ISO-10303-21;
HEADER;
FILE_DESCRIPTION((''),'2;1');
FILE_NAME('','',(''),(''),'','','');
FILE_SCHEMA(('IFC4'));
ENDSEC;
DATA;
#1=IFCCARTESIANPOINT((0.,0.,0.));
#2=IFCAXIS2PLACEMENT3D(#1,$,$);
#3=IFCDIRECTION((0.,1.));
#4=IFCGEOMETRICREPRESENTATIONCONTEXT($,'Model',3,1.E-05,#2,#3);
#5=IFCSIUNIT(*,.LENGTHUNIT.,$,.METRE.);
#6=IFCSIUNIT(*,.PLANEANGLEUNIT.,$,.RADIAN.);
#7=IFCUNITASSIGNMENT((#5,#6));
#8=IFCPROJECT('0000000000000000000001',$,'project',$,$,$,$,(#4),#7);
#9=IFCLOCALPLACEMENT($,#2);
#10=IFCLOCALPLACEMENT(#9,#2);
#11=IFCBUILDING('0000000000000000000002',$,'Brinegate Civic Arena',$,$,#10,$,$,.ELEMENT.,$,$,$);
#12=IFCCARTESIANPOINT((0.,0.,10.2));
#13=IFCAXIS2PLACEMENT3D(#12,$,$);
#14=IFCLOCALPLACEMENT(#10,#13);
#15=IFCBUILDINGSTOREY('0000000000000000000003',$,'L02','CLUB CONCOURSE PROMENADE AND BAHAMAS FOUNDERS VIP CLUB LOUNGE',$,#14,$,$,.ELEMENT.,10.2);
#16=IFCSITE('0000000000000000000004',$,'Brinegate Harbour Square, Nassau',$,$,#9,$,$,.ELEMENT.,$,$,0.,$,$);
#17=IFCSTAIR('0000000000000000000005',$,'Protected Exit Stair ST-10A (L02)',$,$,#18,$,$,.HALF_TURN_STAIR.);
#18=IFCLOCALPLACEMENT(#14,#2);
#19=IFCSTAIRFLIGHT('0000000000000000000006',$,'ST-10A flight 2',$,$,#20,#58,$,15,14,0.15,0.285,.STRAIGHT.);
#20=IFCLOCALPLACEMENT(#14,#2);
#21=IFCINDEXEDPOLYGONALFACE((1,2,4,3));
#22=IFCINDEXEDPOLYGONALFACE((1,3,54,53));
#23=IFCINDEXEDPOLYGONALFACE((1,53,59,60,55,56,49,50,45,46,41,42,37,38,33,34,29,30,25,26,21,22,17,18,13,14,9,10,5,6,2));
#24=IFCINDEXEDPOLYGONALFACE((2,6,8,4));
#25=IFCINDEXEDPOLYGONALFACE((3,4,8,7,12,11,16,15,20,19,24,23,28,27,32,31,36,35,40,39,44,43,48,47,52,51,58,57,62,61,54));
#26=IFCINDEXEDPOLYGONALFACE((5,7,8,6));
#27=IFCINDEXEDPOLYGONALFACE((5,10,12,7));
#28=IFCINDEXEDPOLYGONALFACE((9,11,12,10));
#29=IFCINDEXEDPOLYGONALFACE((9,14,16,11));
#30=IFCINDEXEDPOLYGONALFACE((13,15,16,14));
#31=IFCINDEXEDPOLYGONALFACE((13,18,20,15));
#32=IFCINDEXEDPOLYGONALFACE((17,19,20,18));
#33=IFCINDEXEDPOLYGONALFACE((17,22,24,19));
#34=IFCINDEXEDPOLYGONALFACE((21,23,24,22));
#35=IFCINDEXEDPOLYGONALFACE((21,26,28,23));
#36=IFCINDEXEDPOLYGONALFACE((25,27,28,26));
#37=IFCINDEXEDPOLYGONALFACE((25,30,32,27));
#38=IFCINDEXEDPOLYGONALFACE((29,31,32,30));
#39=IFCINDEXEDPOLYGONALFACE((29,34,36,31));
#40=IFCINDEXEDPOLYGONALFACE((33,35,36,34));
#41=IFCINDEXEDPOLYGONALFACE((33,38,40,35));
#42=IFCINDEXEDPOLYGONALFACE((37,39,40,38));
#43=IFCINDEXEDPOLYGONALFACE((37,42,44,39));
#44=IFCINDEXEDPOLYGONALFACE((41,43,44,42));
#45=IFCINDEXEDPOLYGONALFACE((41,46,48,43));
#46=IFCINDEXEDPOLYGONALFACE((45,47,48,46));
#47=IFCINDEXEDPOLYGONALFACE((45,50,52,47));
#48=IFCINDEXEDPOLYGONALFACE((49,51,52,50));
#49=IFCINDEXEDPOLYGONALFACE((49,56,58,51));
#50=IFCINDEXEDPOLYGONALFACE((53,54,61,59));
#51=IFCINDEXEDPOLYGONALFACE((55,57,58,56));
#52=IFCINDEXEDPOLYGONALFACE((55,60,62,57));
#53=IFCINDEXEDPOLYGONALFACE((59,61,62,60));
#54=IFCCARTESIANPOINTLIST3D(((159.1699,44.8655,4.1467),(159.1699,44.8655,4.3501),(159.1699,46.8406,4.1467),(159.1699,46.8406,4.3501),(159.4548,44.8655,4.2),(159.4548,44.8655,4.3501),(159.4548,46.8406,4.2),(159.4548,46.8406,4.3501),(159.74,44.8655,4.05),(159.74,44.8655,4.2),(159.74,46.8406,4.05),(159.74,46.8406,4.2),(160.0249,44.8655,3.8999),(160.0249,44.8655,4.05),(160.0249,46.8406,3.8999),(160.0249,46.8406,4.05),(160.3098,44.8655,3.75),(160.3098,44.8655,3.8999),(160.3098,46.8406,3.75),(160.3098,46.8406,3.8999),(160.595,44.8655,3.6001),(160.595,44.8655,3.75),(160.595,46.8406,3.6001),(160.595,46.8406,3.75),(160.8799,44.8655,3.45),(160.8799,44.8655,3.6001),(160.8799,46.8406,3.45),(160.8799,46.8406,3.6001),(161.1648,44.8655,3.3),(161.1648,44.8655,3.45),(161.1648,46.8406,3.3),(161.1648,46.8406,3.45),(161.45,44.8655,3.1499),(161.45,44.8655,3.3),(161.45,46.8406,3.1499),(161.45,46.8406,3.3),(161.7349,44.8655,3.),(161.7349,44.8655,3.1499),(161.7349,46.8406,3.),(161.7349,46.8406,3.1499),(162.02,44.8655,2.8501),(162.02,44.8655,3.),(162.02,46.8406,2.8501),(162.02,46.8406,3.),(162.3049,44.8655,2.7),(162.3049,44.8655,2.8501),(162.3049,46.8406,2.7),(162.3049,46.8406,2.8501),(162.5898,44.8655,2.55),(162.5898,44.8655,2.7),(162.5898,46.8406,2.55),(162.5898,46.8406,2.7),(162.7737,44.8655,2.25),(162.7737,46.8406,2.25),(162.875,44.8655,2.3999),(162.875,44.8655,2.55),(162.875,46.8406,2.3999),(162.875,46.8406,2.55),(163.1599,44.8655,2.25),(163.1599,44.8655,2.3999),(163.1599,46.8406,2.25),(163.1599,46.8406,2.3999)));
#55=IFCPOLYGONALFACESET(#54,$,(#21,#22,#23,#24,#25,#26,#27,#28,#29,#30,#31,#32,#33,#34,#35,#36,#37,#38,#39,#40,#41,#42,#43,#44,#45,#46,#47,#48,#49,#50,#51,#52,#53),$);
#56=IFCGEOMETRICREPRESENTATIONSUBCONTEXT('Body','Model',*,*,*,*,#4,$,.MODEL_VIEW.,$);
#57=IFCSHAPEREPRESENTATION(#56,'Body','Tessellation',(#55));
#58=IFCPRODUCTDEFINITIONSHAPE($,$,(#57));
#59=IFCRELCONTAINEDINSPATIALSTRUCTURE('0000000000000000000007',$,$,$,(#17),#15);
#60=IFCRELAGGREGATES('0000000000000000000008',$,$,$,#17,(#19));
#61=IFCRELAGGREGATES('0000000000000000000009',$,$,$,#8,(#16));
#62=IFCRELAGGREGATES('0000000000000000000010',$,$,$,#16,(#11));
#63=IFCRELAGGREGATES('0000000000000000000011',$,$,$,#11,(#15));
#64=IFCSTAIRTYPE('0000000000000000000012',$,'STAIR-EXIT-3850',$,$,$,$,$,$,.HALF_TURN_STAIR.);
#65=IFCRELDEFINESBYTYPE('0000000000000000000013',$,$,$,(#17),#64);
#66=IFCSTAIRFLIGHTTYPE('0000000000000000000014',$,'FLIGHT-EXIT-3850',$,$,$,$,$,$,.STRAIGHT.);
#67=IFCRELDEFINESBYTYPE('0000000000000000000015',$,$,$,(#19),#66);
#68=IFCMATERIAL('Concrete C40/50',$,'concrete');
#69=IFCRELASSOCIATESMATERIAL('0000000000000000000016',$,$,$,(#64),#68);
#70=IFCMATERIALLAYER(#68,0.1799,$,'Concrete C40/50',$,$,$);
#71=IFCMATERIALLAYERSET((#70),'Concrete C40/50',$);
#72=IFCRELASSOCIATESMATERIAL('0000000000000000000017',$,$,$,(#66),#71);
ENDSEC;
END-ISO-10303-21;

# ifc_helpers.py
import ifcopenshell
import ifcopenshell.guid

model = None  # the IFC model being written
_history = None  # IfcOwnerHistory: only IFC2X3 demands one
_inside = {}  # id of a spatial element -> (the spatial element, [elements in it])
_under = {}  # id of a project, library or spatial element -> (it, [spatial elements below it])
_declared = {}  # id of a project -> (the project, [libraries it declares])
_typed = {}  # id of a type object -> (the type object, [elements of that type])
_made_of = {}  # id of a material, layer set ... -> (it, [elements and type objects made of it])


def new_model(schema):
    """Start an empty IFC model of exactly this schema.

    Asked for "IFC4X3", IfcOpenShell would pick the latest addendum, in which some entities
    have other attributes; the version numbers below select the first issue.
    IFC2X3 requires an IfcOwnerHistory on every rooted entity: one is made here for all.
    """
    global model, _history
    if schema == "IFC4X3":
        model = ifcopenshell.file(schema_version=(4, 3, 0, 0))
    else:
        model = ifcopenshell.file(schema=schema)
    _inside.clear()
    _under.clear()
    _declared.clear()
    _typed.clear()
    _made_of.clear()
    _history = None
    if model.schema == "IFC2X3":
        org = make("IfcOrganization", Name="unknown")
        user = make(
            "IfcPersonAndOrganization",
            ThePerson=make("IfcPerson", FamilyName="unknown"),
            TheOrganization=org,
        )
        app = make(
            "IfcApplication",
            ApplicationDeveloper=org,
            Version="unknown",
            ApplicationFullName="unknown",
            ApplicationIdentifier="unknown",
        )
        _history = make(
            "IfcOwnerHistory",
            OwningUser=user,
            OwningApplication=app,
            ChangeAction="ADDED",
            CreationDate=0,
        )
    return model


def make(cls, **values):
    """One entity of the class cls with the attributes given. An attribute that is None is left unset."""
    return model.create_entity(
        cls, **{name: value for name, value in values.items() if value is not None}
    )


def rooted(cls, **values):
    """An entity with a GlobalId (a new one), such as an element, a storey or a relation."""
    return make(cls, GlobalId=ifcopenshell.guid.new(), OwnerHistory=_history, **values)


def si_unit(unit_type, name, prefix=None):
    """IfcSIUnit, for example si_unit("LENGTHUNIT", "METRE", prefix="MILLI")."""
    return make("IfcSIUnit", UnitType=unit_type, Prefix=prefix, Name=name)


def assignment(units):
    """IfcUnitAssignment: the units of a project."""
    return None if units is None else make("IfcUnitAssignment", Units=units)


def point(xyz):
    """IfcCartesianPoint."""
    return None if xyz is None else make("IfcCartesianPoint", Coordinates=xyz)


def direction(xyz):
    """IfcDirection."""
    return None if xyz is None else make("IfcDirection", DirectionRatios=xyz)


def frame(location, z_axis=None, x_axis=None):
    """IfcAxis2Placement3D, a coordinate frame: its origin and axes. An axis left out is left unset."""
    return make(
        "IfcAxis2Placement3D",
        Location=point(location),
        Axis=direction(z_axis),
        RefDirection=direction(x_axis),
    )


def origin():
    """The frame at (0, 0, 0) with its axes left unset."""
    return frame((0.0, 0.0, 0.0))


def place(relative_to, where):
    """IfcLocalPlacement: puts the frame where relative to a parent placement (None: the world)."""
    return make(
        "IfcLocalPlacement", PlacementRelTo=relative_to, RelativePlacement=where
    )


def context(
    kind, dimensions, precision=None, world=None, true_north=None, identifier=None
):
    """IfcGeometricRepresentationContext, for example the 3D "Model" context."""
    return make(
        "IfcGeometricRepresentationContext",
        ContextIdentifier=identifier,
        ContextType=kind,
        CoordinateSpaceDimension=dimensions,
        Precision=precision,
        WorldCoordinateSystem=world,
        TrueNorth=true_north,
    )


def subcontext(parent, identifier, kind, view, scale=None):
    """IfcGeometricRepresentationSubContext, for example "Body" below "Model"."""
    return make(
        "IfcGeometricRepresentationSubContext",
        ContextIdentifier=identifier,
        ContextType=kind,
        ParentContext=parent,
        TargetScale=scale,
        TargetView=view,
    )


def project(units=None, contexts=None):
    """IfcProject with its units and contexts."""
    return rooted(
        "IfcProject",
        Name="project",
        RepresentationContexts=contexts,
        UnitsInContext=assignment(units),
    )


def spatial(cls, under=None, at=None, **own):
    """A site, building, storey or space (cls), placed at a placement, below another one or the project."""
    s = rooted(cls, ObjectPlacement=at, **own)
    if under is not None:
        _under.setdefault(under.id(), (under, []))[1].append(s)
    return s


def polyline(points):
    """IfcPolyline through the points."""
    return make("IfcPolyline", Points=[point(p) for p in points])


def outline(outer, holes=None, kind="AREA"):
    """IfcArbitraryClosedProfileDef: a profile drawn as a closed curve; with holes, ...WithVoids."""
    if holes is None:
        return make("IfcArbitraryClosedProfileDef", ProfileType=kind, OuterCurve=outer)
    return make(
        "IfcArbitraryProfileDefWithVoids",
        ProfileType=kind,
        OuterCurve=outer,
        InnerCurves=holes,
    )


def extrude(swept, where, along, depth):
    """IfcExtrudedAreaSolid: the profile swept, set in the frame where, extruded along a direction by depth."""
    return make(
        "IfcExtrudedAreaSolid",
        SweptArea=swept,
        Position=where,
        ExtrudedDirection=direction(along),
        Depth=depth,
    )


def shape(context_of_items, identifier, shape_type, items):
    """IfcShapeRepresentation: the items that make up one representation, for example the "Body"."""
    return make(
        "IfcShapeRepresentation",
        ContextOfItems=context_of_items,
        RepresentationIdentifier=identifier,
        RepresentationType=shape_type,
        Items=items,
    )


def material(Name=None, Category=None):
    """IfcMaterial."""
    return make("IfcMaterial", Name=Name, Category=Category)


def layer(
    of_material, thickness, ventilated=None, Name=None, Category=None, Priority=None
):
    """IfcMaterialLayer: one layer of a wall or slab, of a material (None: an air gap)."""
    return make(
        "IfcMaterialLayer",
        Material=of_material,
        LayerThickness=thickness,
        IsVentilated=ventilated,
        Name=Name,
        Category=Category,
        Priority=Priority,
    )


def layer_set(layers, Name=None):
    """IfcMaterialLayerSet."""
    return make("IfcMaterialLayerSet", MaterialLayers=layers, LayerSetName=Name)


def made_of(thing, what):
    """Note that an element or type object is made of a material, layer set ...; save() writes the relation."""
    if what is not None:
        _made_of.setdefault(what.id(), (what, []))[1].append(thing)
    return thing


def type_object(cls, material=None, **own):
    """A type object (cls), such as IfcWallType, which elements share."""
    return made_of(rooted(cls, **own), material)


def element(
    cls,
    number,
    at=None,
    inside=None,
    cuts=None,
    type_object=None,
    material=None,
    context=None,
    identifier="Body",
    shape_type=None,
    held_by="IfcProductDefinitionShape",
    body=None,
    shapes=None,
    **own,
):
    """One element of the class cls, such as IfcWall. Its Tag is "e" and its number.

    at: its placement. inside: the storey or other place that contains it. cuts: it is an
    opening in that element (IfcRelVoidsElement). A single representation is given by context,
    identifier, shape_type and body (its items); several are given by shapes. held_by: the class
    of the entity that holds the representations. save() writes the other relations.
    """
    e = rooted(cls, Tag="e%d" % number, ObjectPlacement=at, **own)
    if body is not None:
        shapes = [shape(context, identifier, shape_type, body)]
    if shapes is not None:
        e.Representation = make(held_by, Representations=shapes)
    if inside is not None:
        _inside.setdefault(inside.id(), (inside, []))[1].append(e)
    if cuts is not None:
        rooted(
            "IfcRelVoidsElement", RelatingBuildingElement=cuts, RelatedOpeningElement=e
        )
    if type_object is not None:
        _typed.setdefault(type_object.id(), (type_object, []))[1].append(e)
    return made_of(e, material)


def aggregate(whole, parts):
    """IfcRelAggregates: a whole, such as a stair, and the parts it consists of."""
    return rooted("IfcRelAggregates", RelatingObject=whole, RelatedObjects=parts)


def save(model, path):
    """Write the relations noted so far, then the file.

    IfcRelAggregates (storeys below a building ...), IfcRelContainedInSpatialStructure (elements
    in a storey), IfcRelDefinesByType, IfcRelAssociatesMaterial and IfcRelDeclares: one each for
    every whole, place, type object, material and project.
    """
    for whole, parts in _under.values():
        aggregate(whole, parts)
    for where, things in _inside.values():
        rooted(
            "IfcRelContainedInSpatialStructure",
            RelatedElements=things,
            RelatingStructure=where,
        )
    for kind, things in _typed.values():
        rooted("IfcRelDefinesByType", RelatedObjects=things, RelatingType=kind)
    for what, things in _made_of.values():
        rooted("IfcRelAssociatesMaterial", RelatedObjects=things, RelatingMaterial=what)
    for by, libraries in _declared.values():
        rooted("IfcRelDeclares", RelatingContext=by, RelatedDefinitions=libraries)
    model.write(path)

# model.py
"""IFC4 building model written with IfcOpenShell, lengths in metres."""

from ifc_helpers import new_model, si_unit, direction, frame, origin, place, context, subcontext, project, spatial, polyline, outline, extrude, material, layer, layer_set, type_object, element, aggregate, save


model = new_model("IFC4")

# Units and contexts
model_context = context("Model", 3, precision=1e-05, world=origin(), true_north=direction((0.0, 1.0)))
body_context = subcontext(model_context, "Body", "Model", "MODEL_VIEW")
ifc_project = project(units=[si_unit("LENGTHUNIT", "METRE"), si_unit("PLANEANGLEUNIT", "RADIAN")], contexts=[model_context])

# Site, building, storey
site_placement = place(None, origin())
site = spatial("IfcSite", under=ifc_project, at=site_placement, Name="Brinegate Harbour Square, Nassau", CompositionType="ELEMENT", RefElevation=0.0)
building_placement = place(site_placement, origin())
building = spatial("IfcBuilding", under=site, at=building_placement, Name="Brinegate Civic Arena", CompositionType="ELEMENT")
storey_placement = place(building_placement, frame((0.0, 0.0, 10.2)))
storey = spatial("IfcBuildingStorey", under=building, at=storey_placement, Name="L02", Description="CLUB CONCOURSE PROMENADE AND BAHAMAS FOUNDERS VIP CLUB LOUNGE", CompositionType="ELEMENT", Elevation=10.2)

# Shared definitions
ifc_material_1 = material(Name="Concrete C40/50", Category="concrete")

# Stair, stair flight
stair_type_1 = type_object("IfcStairType", Name="STAIR-EXIT-3850", PredefinedType="HALF_TURN_STAIR", material=ifc_material_1)
stair_1_placement = place(storey_placement, origin())
stair_1 = element("IfcStair", 1, at=stair_1_placement, inside=storey, type_object=stair_type_1, Name="Protected Exit Stair ST-10A (L02)", PredefinedType="HALF_TURN_STAIR")
ifc_layer_1 = layer(ifc_material_1, 0.1799, Name="Concrete C40/50")
ifc_layer_set_1 = layer_set([ifc_layer_1], Name="Concrete C40/50")
stair_flight_type_1 = type_object("IfcStairFlightType", Name="FLIGHT-EXIT-3850", PredefinedType="STRAIGHT", material=ifc_layer_set_1)
stair_flight_1_placement = place(storey_placement, frame((163.1599, 45.853, 2.25), z_axis=(0.0, 0.0, 1.0), x_axis=(-1.0, 0.0, 0.0)))
stair_flight_1 = element("IfcStairFlight", 2, at=stair_flight_1_placement, type_object=stair_flight_type_1, Name="ST-10A flight 2", NumberOfRisers=15, NumberOfTreads=14, PredefinedType="STRAIGHT", RiserHeight=0.15, TreadLength=0.285, context=body_context, shape_type="SweptSolid", body=[
    extrude(outline(polyline([(0.0, 0.0), (0.0, 0.1499), (0.2849, 0.1499), (0.2849, 0.3), (0.5701, 0.3), (0.5701, 0.45), (0.855, 0.45), (0.855, 0.6001), (1.1399, 0.6001), (1.1399, 0.75), (1.425, 0.75), (1.425, 0.8999), (1.71, 0.8999), (1.71, 1.05), (1.9951, 1.05), (1.9951, 1.2), (2.28, 1.2), (2.28, 1.3501), (2.5649, 1.3501), (2.5649, 1.5), (2.8501, 1.5), (2.8501, 1.6499), (3.135, 1.6499), (3.135, 1.8), (3.4199, 1.8), (3.4199, 1.95), (3.7051, 1.95), (3.7051, 2.1001), (3.99, 2.1001), (3.99, 2.25), (3.99, 1.8967), (0.3862, 0.0), (0.0, 0.0)])), frame((0.0, 0.9875, 0.0), z_axis=(0.0, -1.0, 0.0), x_axis=(1.0, 0.0, 0.0)), (0.0, 0.0, 1.0), 1.9751),
])
aggregate(stair_1, [stair_flight_1])

save(model, "model.ifc")
